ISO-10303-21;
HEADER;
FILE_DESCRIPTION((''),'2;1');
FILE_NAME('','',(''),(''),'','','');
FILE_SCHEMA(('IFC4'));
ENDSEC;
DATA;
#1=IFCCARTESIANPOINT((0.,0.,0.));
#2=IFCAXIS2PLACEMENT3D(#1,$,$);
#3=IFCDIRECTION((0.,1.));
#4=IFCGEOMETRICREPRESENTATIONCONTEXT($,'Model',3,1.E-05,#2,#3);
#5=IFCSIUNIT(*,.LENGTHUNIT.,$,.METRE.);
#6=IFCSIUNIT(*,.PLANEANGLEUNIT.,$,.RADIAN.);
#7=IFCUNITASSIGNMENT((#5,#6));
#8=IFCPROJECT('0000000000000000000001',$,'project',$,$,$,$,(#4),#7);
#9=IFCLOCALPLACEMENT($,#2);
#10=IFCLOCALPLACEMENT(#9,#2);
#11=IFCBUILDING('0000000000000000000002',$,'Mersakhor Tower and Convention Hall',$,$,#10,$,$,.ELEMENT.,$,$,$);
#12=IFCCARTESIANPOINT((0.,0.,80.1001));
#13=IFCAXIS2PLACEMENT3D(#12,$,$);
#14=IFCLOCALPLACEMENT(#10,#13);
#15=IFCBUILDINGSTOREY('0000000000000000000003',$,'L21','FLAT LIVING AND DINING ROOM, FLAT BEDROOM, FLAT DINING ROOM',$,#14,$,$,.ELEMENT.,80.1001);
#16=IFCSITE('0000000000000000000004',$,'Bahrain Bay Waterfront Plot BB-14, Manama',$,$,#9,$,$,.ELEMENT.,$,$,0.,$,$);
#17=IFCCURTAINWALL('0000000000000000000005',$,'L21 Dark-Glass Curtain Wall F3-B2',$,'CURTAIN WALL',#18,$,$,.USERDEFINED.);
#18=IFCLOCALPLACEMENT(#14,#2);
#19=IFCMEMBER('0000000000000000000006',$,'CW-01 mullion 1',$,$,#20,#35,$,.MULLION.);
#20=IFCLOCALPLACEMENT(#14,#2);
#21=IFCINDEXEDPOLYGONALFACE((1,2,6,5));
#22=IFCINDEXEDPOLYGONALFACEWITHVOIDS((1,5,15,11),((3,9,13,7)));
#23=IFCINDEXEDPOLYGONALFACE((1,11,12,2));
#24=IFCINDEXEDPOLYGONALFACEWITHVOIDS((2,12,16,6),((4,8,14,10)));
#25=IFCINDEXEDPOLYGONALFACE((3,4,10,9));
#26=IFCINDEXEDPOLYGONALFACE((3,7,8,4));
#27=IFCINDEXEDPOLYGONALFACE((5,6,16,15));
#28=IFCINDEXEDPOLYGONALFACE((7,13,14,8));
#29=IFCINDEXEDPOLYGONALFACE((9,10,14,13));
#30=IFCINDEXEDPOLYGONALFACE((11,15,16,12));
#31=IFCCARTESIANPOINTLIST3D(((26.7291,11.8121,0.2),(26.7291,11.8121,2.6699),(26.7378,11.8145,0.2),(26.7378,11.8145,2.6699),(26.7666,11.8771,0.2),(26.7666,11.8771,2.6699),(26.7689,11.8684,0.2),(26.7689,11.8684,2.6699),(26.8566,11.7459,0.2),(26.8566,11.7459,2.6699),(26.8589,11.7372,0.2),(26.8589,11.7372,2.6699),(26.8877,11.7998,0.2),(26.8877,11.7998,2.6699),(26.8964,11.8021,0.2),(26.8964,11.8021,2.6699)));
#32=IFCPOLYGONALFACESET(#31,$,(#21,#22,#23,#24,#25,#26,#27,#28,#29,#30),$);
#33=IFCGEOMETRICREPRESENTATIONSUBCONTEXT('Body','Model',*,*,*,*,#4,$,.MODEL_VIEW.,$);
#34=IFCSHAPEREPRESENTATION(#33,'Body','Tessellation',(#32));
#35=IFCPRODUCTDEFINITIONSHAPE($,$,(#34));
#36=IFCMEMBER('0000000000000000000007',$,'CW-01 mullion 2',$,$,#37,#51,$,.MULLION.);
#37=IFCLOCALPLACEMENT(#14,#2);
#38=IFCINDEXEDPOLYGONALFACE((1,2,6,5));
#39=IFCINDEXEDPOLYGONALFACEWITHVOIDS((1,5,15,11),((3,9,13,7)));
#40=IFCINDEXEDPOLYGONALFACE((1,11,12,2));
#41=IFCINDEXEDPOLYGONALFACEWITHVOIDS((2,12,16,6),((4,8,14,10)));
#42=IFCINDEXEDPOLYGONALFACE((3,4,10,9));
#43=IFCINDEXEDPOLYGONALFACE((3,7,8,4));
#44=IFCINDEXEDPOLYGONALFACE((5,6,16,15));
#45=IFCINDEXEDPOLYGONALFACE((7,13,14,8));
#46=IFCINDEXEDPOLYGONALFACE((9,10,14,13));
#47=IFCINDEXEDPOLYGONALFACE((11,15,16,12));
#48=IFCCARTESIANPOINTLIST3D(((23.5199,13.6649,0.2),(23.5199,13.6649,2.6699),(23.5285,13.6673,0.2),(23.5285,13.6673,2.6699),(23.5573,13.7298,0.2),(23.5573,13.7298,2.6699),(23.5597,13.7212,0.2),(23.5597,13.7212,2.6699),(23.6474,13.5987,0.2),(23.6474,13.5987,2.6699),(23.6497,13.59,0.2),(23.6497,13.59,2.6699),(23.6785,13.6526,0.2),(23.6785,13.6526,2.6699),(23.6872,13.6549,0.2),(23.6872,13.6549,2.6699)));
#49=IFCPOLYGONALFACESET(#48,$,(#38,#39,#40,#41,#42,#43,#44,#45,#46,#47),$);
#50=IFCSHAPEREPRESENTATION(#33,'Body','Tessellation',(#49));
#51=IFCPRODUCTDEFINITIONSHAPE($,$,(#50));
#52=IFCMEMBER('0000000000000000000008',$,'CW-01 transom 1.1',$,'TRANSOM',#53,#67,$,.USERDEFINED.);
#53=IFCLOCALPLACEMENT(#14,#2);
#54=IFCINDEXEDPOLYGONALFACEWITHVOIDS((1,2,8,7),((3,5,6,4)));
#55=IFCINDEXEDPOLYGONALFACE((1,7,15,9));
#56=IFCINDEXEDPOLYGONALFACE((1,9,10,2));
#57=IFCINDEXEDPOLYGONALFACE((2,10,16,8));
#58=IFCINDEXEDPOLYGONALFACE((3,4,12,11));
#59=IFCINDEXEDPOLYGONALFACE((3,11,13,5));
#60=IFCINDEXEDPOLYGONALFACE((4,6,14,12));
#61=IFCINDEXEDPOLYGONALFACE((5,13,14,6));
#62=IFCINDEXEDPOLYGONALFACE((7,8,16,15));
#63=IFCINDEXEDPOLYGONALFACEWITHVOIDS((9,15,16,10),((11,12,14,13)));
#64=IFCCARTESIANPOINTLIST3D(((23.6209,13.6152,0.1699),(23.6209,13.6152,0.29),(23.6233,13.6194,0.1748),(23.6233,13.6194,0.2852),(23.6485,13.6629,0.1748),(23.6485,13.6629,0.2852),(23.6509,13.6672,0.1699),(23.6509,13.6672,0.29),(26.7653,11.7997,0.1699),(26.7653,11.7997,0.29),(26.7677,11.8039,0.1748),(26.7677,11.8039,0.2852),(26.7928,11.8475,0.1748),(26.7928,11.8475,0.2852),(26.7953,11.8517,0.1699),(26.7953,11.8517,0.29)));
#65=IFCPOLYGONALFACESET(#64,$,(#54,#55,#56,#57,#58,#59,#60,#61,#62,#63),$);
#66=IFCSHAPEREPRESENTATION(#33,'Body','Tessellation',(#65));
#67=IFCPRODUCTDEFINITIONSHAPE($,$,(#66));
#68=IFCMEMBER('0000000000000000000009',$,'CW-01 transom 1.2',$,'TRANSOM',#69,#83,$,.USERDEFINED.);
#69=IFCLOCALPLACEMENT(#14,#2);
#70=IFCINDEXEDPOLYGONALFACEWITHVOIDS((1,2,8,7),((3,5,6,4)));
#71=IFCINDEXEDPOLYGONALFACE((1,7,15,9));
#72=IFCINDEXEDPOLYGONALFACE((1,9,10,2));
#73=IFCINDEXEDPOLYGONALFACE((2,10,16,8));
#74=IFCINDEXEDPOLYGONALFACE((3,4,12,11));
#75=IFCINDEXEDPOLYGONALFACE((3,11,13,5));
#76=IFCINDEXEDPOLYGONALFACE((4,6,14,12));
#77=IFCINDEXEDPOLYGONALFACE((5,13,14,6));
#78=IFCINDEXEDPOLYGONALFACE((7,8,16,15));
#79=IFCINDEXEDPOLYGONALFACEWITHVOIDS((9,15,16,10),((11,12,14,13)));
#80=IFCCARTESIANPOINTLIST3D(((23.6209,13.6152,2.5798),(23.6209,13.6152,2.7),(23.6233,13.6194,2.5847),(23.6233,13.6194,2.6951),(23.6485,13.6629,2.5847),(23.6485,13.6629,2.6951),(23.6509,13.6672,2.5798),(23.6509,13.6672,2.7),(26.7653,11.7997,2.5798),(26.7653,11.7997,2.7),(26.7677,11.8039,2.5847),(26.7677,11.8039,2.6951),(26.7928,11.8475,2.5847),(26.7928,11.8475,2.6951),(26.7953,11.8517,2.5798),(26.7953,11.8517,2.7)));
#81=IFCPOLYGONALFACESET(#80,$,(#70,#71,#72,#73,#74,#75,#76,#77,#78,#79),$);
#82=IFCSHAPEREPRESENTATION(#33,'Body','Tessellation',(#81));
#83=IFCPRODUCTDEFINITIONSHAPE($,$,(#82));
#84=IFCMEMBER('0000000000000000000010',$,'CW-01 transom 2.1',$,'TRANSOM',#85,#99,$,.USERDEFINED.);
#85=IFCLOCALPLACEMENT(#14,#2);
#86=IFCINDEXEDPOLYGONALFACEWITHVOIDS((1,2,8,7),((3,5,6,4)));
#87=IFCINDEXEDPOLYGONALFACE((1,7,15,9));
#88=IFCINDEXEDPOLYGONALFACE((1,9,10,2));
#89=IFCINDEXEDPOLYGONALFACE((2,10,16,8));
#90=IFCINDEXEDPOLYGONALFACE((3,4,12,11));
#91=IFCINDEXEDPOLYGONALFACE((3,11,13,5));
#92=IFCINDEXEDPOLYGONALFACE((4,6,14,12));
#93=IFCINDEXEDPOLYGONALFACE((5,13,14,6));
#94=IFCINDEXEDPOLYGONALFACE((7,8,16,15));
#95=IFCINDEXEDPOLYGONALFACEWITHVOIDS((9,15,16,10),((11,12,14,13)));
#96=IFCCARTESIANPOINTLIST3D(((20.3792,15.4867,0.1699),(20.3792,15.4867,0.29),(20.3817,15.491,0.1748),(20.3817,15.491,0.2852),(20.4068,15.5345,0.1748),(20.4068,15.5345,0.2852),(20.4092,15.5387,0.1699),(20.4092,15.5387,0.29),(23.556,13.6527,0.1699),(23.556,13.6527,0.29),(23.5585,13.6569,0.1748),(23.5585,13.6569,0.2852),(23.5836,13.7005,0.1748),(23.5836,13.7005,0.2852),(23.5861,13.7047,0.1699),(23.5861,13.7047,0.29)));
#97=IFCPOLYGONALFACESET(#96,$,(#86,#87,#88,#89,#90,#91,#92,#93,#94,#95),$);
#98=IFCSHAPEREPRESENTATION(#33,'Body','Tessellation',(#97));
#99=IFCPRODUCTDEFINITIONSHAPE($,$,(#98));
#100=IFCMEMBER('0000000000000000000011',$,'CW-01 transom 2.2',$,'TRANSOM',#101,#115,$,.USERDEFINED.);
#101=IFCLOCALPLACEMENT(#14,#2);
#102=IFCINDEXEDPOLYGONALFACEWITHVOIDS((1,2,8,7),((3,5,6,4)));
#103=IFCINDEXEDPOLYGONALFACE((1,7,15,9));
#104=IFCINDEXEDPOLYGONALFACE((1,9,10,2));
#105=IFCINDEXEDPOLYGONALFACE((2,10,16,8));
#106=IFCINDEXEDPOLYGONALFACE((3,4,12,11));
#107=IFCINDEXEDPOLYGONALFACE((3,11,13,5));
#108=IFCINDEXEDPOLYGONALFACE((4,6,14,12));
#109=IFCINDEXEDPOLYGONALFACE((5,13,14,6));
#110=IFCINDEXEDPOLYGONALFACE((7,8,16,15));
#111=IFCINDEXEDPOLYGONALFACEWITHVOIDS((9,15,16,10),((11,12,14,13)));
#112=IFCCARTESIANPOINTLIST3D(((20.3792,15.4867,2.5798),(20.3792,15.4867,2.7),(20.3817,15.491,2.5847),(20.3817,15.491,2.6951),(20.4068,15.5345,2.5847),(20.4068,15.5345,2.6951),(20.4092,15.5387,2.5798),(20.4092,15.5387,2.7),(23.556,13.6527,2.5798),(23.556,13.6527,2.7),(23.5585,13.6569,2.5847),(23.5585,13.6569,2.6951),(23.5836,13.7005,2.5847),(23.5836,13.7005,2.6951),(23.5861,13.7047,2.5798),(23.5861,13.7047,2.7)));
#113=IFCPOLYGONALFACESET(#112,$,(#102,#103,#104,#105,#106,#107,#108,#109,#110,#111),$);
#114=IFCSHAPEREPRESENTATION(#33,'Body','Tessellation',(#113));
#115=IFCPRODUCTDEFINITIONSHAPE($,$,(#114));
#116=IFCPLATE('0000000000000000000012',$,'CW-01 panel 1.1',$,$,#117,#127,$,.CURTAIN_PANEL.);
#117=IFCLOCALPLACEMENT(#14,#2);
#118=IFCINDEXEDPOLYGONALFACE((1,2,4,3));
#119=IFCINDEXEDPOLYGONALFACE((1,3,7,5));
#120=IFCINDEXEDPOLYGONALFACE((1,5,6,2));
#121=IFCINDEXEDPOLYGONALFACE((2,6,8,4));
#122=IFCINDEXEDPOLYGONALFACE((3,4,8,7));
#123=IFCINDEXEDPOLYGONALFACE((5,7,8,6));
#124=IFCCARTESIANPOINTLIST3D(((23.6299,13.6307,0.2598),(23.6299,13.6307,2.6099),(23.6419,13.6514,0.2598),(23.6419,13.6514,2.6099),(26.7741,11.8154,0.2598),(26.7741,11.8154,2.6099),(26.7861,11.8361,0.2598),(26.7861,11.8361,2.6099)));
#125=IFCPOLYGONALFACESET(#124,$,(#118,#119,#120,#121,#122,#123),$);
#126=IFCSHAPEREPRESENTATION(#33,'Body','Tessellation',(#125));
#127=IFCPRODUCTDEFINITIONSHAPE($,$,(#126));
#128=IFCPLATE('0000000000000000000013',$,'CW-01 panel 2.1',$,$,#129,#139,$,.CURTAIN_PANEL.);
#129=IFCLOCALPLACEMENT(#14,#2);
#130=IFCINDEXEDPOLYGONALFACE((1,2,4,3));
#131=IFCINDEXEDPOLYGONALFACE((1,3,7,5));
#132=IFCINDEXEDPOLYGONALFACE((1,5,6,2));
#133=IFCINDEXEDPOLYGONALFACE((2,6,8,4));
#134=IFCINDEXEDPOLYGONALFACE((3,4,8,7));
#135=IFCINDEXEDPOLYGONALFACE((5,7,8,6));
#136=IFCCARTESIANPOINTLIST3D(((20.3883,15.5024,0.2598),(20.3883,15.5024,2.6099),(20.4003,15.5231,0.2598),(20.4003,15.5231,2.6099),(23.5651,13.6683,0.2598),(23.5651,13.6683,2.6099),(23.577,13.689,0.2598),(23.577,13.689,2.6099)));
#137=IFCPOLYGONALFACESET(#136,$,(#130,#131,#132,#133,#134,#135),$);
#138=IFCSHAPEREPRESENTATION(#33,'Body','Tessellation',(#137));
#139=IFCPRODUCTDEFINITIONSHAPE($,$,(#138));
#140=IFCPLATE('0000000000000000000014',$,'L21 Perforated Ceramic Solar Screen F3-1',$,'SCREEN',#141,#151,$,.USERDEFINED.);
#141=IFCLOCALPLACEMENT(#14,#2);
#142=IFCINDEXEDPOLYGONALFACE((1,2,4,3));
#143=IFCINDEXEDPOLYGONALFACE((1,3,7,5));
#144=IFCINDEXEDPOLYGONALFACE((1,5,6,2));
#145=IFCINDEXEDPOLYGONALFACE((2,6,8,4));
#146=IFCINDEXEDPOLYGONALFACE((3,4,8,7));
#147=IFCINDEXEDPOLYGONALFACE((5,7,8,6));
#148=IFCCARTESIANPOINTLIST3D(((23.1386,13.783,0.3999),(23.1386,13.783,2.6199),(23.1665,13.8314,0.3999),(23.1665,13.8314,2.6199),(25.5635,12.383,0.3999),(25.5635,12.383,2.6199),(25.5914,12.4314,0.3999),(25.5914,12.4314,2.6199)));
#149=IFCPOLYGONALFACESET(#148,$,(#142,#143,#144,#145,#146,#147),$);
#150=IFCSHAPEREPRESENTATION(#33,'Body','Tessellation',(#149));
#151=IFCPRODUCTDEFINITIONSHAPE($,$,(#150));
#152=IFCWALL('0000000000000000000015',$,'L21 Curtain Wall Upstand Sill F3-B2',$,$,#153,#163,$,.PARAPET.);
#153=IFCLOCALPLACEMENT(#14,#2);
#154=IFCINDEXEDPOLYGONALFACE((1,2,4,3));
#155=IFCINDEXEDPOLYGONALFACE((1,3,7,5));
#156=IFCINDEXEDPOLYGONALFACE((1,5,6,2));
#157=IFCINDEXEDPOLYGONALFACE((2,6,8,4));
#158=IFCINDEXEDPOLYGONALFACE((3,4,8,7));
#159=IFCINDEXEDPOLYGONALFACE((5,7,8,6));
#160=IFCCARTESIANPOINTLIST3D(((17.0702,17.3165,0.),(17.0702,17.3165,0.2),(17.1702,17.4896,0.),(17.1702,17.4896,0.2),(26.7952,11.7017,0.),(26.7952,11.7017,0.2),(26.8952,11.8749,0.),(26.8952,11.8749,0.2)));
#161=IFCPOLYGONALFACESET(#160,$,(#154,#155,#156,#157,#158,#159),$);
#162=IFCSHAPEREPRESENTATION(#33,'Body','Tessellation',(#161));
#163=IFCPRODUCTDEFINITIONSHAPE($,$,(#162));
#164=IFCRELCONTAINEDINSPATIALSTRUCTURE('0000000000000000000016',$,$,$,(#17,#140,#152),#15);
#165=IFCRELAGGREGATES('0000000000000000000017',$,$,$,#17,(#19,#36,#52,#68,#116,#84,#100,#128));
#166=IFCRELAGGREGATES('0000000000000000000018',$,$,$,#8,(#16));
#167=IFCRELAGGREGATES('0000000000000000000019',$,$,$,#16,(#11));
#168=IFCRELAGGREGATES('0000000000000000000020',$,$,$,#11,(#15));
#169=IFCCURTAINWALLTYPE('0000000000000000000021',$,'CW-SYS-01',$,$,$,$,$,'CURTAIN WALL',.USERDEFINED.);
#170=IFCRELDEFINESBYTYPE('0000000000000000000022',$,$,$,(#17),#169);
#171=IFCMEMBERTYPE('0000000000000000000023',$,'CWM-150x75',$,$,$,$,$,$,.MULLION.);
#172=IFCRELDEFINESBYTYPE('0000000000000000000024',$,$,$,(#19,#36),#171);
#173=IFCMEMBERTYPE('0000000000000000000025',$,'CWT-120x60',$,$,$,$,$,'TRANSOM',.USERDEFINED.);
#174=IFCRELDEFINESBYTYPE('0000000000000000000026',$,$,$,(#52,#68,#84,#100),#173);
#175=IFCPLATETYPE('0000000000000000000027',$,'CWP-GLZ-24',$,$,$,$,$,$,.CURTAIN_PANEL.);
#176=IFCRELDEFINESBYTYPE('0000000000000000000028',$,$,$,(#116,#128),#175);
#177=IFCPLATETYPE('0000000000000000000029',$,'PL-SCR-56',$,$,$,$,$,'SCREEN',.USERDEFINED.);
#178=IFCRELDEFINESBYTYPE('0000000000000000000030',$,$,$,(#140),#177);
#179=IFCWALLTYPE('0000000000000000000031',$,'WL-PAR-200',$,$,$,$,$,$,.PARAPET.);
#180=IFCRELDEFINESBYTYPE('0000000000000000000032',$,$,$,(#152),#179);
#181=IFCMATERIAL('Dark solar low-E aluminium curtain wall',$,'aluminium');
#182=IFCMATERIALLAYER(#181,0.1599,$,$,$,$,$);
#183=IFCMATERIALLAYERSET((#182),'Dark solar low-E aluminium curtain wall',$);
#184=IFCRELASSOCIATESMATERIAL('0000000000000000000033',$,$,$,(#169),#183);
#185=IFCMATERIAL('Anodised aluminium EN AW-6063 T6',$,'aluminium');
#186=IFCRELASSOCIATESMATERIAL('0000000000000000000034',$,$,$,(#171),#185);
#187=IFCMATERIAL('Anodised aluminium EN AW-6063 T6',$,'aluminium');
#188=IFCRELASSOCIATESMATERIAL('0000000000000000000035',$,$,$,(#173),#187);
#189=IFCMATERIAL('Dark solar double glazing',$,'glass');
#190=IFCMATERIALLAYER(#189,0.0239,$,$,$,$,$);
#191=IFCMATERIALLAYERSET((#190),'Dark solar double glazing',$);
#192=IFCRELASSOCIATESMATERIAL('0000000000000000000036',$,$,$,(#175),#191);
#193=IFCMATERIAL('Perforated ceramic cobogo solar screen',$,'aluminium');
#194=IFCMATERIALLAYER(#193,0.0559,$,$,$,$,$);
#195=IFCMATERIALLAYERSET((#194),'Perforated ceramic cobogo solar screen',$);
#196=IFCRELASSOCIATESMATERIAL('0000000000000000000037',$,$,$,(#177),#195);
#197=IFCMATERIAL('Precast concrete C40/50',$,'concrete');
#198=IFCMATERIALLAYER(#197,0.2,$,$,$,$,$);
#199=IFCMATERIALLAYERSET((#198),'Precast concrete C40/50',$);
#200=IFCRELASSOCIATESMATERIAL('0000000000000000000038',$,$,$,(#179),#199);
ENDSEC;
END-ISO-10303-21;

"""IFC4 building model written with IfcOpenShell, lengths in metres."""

from ifc_helpers import new_model, si_unit, direction, frame, frame_2d, origin, origin_2d, place, context, subcontext, project, spatial, rectangle, hollow_rectangle, extrude, material, layer, layer_set, material_profile, profile_set, type_object, element, aggregate, save


model = new_model("IFC4")

# Units and contexts
model_context = context("Model", 3, precision=1e-05, world=origin(), true_north=direction((0.0, 1.0)))
body_context = subcontext(model_context, "Body", "Model", "MODEL_VIEW")
ifc_project = project(units=[si_unit("LENGTHUNIT", "METRE"), si_unit("PLANEANGLEUNIT", "RADIAN")], contexts=[model_context])

# Site, building, storey
site_placement = place(None, origin())
site = spatial("IfcSite", under=ifc_project, at=site_placement, Name="Bahrain Bay Waterfront Plot BB-14, Manama", CompositionType="ELEMENT", RefElevation=0.0)
building_placement = place(site_placement, origin())
building = spatial("IfcBuilding", under=site, at=building_placement, Name="Mersakhor Tower and Convention Hall", CompositionType="ELEMENT")
storey_placement = place(building_placement, frame((0.0, 0.0, 80.1001)))
storey = spatial("IfcBuildingStorey", under=building, at=storey_placement, Name="L21", Description="FLAT LIVING AND DINING ROOM, FLAT BEDROOM, FLAT DINING ROOM", CompositionType="ELEMENT", Elevation=80.1001)

# Curtain wall, members, plates
ifc_material_1 = material(Name="Dark solar low-E aluminium curtain wall", Category="aluminium")
ifc_layer_1 = layer(ifc_material_1, 0.1599)
ifc_layer_set_1 = layer_set([ifc_layer_1], Name="Dark solar low-E aluminium curtain wall")
curtain_wall_type = type_object("IfcCurtainWallType", Name="CW-SYS-01", ElementType="CURTAIN WALL", PredefinedType="USERDEFINED", material=ifc_layer_set_1)
curtain_wall_placement = place(storey_placement, origin())
curtain_wall = element("IfcCurtainWall", 1, at=curtain_wall_placement, inside=storey, type_object=curtain_wall_type, Name="L21 Dark-Glass Curtain Wall F3-B2", ObjectType="CURTAIN WALL", PredefinedType="USERDEFINED")
ifc_material_2 = material(Name="Anodised aluminium EN AW-6063 T6", Category="aluminium")
ifc_material_profile_1 = material_profile(ifc_material_2, hollow_rectangle(XDim=0.075, YDim=0.1499, WallThickness=0.0063, at=origin_2d()), Name="RHS 150x75x6.3")
ifc_profile_set_1 = profile_set([ifc_material_profile_1], Name="Anodised aluminium EN AW-6063 T6")
member_type_1 = type_object("IfcMemberType", Name="CWM-150x75", PredefinedType="MULLION", material=ifc_profile_set_1)
member_1_placement = place(storey_placement, frame((26.8127, 11.8071, 0.2), z_axis=(0.0, 0.0, 1.0), x_axis=(-0.499998, -0.866027, 0.0)))
member_1 = element("IfcMember", 2, at=member_1_placement, type_object=member_type_1, Name="CW-01 mullion 1", PredefinedType="MULLION", context=body_context, shape_type="SweptSolid", body=[
    extrude(hollow_rectangle(XDim=0.075, YDim=0.1499, WallThickness=0.0063, at=origin_2d()), origin(), (0.0, 0.0, 1.0), 2.47),
])
member_2_placement = place(storey_placement, frame((23.6035, 13.6599, 0.2), z_axis=(0.0, 0.0, 1.0), x_axis=(-0.499998, -0.866027, 0.0)))
member_2 = element("IfcMember", 3, at=member_2_placement, type_object=member_type_1, Name="CW-01 mullion 2", PredefinedType="MULLION", context=body_context, shape_type="SweptSolid", body=[
    extrude(hollow_rectangle(XDim=0.075, YDim=0.1499, WallThickness=0.0063, at=origin_2d()), origin(), (0.0, 0.0, 1.0), 2.47),
])
ifc_material_3 = material(Name="Anodised aluminium EN AW-6063 T6", Category="aluminium")
ifc_material_profile_2 = material_profile(ifc_material_3, hollow_rectangle(XDim=0.0601, YDim=0.1201, WallThickness=0.0049, at=origin_2d()), Name="RHS 120x60x5")
ifc_profile_set_2 = profile_set([ifc_material_profile_2], Name="Anodised aluminium EN AW-6063 T6")
member_type_2 = type_object("IfcMemberType", Name="CWT-120x60", ElementType="TRANSOM", PredefinedType="USERDEFINED", material=ifc_profile_set_2)
member_3_placement = place(storey_placement, frame((26.7803, 11.8257, 0.23), z_axis=(-0.866016, 0.500015, 0.0), x_axis=(-0.500015, -0.866016, 0.0)))
member_3 = element("IfcMember", 4, at=member_3_placement, type_object=member_type_2, Name="CW-01 transom 1.1", ObjectType="TRANSOM", PredefinedType="USERDEFINED", context=body_context, shape_type="SweptSolid", body=[
    extrude(hollow_rectangle(XDim=0.0601, YDim=0.1201, WallThickness=0.0049, at=origin_2d()), origin(), (0.0, 0.0, 1.0), 3.6309),
])
member_4_placement = place(storey_placement, frame((26.7803, 11.8257, 2.6399), z_axis=(-0.866016, 0.500015, 0.0), x_axis=(-0.500015, -0.866016, 0.0)))
member_4 = element("IfcMember", 5, at=member_4_placement, type_object=member_type_2, Name="CW-01 transom 1.2", ObjectType="TRANSOM", PredefinedType="USERDEFINED", context=body_context, shape_type="SweptSolid", body=[
    extrude(hollow_rectangle(XDim=0.0601, YDim=0.1201, WallThickness=0.0049, at=origin_2d()), origin(), (0.0, 0.0, 1.0), 3.6309),
])
member_5_placement = place(storey_placement, frame((23.571, 13.6787, 0.23), z_axis=(-0.866039, 0.499976, 0.0), x_axis=(-0.499976, -0.866039, 0.0)))
member_5 = element("IfcMember", 6, at=member_5_placement, type_object=member_type_2, Name="CW-01 transom 2.1", ObjectType="TRANSOM", PredefinedType="USERDEFINED", context=body_context, shape_type="SweptSolid", body=[
    extrude(hollow_rectangle(XDim=0.0601, YDim=0.1201, WallThickness=0.0049, at=origin_2d()), origin(), (0.0, 0.0, 1.0), 3.6682),
])
member_6_placement = place(storey_placement, frame((23.571, 13.6787, 2.6399), z_axis=(-0.866039, 0.499976, 0.0), x_axis=(-0.499976, -0.866039, 0.0)))
member_6 = element("IfcMember", 7, at=member_6_placement, type_object=member_type_2, Name="CW-01 transom 2.2", ObjectType="TRANSOM", PredefinedType="USERDEFINED", context=body_context, shape_type="SweptSolid", body=[
    extrude(hollow_rectangle(XDim=0.0601, YDim=0.1201, WallThickness=0.0049, at=origin_2d()), origin(), (0.0, 0.0, 1.0), 3.6682),
])
ifc_material_4 = material(Name="Dark solar double glazing", Category="glass")
ifc_layer_2 = layer(ifc_material_4, 0.0239)
ifc_layer_set_2 = layer_set([ifc_layer_2], Name="Dark solar double glazing")
plate_type_1 = type_object("IfcPlateType", Name="CWP-GLZ-24", PredefinedType="CURTAIN_PANEL", material=ifc_layer_set_2)
plate_1_placement = place(storey_placement, frame((25.208, 12.7334, 0.2598), z_axis=(0.0, 0.0, 1.0), x_axis=(-0.866027, 0.499998, 0.0)))
plate_1 = element("IfcPlate", 8, at=plate_1_placement, type_object=plate_type_1, Name="CW-01 panel 1.1", PredefinedType="CURTAIN_PANEL", context=body_context, shape_type="SweptSolid", body=[
    extrude(rectangle(XDim=3.6306, YDim=0.0239, at=origin_2d()), origin(), (0.0, 0.0, 1.0), 2.3501),
])
plate_2_placement = place(storey_placement, frame((21.9827, 14.5957, 0.2598), z_axis=(0.0, 0.0, 1.0), x_axis=(-0.866027, 0.499998, 0.0)))
plate_2 = element("IfcPlate", 9, at=plate_2_placement, type_object=plate_type_1, Name="CW-01 panel 2.1", PredefinedType="CURTAIN_PANEL", context=body_context, shape_type="SweptSolid", body=[
    extrude(rectangle(XDim=3.6682, YDim=0.0239, at=origin_2d()), origin(), (0.0, 0.0, 1.0), 2.3501),
])
aggregate(curtain_wall, [member_1, member_2, member_3, member_4, plate_1, member_5, member_6, plate_2])

# Plate
ifc_material_5 = material(Name="Perforated ceramic cobogo solar screen", Category="aluminium")
ifc_layer_3 = layer(ifc_material_5, 0.0559)
ifc_layer_set_3 = layer_set([ifc_layer_3], Name="Perforated ceramic cobogo solar screen")
plate_type_2 = type_object("IfcPlateType", Name="PL-SCR-56", ElementType="SCREEN", PredefinedType="USERDEFINED", material=ifc_layer_set_3)
plate_3_placement = place(storey_placement, frame((24.365, 13.1072, 0.3999), z_axis=(0.0, 0.0, 1.0), x_axis=(-0.866025, 0.5, 0.0)))
element("IfcPlate", 10, at=plate_3_placement, inside=storey, type_object=plate_type_2, Name="L21 Perforated Ceramic Solar Screen F3-1", ObjectType="SCREEN", PredefinedType="USERDEFINED", context=body_context, shape_type="SweptSolid", body=[
    extrude(rectangle(XDim=2.8, YDim=0.0559, at=origin_2d()), origin(), (0.0, 0.0, 1.0), 2.22),
])

# Wall
ifc_material_6 = material(Name="Precast concrete C40/50", Category="concrete")
ifc_layer_4 = layer(ifc_material_6, 0.2)
ifc_layer_set_4 = layer_set([ifc_layer_4], Name="Precast concrete C40/50")
wall_type_1 = type_object("IfcWallType", Name="WL-PAR-200", PredefinedType="PARAPET", material=ifc_layer_set_4)
wall_1_placement = place(storey_placement, frame((26.8452, 11.7883, 0.0), z_axis=(0.0, 0.0, 1.0), x_axis=(-0.866027, 0.499997, 0.0)))
element("IfcWall", 11, at=wall_1_placement, inside=storey, type_object=wall_type_1, Name="L21 Curtain Wall Upstand Sill F3-B2", PredefinedType="PARAPET", context=body_context, shape_type="SweptSolid", body=[
    extrude(rectangle(XDim=11.2295, YDim=0.2, at=frame_2d((5.6147, 0.0))), origin(), (0.0, 0.0, 1.0), 0.2),
])

save(model, "model.ifc")
